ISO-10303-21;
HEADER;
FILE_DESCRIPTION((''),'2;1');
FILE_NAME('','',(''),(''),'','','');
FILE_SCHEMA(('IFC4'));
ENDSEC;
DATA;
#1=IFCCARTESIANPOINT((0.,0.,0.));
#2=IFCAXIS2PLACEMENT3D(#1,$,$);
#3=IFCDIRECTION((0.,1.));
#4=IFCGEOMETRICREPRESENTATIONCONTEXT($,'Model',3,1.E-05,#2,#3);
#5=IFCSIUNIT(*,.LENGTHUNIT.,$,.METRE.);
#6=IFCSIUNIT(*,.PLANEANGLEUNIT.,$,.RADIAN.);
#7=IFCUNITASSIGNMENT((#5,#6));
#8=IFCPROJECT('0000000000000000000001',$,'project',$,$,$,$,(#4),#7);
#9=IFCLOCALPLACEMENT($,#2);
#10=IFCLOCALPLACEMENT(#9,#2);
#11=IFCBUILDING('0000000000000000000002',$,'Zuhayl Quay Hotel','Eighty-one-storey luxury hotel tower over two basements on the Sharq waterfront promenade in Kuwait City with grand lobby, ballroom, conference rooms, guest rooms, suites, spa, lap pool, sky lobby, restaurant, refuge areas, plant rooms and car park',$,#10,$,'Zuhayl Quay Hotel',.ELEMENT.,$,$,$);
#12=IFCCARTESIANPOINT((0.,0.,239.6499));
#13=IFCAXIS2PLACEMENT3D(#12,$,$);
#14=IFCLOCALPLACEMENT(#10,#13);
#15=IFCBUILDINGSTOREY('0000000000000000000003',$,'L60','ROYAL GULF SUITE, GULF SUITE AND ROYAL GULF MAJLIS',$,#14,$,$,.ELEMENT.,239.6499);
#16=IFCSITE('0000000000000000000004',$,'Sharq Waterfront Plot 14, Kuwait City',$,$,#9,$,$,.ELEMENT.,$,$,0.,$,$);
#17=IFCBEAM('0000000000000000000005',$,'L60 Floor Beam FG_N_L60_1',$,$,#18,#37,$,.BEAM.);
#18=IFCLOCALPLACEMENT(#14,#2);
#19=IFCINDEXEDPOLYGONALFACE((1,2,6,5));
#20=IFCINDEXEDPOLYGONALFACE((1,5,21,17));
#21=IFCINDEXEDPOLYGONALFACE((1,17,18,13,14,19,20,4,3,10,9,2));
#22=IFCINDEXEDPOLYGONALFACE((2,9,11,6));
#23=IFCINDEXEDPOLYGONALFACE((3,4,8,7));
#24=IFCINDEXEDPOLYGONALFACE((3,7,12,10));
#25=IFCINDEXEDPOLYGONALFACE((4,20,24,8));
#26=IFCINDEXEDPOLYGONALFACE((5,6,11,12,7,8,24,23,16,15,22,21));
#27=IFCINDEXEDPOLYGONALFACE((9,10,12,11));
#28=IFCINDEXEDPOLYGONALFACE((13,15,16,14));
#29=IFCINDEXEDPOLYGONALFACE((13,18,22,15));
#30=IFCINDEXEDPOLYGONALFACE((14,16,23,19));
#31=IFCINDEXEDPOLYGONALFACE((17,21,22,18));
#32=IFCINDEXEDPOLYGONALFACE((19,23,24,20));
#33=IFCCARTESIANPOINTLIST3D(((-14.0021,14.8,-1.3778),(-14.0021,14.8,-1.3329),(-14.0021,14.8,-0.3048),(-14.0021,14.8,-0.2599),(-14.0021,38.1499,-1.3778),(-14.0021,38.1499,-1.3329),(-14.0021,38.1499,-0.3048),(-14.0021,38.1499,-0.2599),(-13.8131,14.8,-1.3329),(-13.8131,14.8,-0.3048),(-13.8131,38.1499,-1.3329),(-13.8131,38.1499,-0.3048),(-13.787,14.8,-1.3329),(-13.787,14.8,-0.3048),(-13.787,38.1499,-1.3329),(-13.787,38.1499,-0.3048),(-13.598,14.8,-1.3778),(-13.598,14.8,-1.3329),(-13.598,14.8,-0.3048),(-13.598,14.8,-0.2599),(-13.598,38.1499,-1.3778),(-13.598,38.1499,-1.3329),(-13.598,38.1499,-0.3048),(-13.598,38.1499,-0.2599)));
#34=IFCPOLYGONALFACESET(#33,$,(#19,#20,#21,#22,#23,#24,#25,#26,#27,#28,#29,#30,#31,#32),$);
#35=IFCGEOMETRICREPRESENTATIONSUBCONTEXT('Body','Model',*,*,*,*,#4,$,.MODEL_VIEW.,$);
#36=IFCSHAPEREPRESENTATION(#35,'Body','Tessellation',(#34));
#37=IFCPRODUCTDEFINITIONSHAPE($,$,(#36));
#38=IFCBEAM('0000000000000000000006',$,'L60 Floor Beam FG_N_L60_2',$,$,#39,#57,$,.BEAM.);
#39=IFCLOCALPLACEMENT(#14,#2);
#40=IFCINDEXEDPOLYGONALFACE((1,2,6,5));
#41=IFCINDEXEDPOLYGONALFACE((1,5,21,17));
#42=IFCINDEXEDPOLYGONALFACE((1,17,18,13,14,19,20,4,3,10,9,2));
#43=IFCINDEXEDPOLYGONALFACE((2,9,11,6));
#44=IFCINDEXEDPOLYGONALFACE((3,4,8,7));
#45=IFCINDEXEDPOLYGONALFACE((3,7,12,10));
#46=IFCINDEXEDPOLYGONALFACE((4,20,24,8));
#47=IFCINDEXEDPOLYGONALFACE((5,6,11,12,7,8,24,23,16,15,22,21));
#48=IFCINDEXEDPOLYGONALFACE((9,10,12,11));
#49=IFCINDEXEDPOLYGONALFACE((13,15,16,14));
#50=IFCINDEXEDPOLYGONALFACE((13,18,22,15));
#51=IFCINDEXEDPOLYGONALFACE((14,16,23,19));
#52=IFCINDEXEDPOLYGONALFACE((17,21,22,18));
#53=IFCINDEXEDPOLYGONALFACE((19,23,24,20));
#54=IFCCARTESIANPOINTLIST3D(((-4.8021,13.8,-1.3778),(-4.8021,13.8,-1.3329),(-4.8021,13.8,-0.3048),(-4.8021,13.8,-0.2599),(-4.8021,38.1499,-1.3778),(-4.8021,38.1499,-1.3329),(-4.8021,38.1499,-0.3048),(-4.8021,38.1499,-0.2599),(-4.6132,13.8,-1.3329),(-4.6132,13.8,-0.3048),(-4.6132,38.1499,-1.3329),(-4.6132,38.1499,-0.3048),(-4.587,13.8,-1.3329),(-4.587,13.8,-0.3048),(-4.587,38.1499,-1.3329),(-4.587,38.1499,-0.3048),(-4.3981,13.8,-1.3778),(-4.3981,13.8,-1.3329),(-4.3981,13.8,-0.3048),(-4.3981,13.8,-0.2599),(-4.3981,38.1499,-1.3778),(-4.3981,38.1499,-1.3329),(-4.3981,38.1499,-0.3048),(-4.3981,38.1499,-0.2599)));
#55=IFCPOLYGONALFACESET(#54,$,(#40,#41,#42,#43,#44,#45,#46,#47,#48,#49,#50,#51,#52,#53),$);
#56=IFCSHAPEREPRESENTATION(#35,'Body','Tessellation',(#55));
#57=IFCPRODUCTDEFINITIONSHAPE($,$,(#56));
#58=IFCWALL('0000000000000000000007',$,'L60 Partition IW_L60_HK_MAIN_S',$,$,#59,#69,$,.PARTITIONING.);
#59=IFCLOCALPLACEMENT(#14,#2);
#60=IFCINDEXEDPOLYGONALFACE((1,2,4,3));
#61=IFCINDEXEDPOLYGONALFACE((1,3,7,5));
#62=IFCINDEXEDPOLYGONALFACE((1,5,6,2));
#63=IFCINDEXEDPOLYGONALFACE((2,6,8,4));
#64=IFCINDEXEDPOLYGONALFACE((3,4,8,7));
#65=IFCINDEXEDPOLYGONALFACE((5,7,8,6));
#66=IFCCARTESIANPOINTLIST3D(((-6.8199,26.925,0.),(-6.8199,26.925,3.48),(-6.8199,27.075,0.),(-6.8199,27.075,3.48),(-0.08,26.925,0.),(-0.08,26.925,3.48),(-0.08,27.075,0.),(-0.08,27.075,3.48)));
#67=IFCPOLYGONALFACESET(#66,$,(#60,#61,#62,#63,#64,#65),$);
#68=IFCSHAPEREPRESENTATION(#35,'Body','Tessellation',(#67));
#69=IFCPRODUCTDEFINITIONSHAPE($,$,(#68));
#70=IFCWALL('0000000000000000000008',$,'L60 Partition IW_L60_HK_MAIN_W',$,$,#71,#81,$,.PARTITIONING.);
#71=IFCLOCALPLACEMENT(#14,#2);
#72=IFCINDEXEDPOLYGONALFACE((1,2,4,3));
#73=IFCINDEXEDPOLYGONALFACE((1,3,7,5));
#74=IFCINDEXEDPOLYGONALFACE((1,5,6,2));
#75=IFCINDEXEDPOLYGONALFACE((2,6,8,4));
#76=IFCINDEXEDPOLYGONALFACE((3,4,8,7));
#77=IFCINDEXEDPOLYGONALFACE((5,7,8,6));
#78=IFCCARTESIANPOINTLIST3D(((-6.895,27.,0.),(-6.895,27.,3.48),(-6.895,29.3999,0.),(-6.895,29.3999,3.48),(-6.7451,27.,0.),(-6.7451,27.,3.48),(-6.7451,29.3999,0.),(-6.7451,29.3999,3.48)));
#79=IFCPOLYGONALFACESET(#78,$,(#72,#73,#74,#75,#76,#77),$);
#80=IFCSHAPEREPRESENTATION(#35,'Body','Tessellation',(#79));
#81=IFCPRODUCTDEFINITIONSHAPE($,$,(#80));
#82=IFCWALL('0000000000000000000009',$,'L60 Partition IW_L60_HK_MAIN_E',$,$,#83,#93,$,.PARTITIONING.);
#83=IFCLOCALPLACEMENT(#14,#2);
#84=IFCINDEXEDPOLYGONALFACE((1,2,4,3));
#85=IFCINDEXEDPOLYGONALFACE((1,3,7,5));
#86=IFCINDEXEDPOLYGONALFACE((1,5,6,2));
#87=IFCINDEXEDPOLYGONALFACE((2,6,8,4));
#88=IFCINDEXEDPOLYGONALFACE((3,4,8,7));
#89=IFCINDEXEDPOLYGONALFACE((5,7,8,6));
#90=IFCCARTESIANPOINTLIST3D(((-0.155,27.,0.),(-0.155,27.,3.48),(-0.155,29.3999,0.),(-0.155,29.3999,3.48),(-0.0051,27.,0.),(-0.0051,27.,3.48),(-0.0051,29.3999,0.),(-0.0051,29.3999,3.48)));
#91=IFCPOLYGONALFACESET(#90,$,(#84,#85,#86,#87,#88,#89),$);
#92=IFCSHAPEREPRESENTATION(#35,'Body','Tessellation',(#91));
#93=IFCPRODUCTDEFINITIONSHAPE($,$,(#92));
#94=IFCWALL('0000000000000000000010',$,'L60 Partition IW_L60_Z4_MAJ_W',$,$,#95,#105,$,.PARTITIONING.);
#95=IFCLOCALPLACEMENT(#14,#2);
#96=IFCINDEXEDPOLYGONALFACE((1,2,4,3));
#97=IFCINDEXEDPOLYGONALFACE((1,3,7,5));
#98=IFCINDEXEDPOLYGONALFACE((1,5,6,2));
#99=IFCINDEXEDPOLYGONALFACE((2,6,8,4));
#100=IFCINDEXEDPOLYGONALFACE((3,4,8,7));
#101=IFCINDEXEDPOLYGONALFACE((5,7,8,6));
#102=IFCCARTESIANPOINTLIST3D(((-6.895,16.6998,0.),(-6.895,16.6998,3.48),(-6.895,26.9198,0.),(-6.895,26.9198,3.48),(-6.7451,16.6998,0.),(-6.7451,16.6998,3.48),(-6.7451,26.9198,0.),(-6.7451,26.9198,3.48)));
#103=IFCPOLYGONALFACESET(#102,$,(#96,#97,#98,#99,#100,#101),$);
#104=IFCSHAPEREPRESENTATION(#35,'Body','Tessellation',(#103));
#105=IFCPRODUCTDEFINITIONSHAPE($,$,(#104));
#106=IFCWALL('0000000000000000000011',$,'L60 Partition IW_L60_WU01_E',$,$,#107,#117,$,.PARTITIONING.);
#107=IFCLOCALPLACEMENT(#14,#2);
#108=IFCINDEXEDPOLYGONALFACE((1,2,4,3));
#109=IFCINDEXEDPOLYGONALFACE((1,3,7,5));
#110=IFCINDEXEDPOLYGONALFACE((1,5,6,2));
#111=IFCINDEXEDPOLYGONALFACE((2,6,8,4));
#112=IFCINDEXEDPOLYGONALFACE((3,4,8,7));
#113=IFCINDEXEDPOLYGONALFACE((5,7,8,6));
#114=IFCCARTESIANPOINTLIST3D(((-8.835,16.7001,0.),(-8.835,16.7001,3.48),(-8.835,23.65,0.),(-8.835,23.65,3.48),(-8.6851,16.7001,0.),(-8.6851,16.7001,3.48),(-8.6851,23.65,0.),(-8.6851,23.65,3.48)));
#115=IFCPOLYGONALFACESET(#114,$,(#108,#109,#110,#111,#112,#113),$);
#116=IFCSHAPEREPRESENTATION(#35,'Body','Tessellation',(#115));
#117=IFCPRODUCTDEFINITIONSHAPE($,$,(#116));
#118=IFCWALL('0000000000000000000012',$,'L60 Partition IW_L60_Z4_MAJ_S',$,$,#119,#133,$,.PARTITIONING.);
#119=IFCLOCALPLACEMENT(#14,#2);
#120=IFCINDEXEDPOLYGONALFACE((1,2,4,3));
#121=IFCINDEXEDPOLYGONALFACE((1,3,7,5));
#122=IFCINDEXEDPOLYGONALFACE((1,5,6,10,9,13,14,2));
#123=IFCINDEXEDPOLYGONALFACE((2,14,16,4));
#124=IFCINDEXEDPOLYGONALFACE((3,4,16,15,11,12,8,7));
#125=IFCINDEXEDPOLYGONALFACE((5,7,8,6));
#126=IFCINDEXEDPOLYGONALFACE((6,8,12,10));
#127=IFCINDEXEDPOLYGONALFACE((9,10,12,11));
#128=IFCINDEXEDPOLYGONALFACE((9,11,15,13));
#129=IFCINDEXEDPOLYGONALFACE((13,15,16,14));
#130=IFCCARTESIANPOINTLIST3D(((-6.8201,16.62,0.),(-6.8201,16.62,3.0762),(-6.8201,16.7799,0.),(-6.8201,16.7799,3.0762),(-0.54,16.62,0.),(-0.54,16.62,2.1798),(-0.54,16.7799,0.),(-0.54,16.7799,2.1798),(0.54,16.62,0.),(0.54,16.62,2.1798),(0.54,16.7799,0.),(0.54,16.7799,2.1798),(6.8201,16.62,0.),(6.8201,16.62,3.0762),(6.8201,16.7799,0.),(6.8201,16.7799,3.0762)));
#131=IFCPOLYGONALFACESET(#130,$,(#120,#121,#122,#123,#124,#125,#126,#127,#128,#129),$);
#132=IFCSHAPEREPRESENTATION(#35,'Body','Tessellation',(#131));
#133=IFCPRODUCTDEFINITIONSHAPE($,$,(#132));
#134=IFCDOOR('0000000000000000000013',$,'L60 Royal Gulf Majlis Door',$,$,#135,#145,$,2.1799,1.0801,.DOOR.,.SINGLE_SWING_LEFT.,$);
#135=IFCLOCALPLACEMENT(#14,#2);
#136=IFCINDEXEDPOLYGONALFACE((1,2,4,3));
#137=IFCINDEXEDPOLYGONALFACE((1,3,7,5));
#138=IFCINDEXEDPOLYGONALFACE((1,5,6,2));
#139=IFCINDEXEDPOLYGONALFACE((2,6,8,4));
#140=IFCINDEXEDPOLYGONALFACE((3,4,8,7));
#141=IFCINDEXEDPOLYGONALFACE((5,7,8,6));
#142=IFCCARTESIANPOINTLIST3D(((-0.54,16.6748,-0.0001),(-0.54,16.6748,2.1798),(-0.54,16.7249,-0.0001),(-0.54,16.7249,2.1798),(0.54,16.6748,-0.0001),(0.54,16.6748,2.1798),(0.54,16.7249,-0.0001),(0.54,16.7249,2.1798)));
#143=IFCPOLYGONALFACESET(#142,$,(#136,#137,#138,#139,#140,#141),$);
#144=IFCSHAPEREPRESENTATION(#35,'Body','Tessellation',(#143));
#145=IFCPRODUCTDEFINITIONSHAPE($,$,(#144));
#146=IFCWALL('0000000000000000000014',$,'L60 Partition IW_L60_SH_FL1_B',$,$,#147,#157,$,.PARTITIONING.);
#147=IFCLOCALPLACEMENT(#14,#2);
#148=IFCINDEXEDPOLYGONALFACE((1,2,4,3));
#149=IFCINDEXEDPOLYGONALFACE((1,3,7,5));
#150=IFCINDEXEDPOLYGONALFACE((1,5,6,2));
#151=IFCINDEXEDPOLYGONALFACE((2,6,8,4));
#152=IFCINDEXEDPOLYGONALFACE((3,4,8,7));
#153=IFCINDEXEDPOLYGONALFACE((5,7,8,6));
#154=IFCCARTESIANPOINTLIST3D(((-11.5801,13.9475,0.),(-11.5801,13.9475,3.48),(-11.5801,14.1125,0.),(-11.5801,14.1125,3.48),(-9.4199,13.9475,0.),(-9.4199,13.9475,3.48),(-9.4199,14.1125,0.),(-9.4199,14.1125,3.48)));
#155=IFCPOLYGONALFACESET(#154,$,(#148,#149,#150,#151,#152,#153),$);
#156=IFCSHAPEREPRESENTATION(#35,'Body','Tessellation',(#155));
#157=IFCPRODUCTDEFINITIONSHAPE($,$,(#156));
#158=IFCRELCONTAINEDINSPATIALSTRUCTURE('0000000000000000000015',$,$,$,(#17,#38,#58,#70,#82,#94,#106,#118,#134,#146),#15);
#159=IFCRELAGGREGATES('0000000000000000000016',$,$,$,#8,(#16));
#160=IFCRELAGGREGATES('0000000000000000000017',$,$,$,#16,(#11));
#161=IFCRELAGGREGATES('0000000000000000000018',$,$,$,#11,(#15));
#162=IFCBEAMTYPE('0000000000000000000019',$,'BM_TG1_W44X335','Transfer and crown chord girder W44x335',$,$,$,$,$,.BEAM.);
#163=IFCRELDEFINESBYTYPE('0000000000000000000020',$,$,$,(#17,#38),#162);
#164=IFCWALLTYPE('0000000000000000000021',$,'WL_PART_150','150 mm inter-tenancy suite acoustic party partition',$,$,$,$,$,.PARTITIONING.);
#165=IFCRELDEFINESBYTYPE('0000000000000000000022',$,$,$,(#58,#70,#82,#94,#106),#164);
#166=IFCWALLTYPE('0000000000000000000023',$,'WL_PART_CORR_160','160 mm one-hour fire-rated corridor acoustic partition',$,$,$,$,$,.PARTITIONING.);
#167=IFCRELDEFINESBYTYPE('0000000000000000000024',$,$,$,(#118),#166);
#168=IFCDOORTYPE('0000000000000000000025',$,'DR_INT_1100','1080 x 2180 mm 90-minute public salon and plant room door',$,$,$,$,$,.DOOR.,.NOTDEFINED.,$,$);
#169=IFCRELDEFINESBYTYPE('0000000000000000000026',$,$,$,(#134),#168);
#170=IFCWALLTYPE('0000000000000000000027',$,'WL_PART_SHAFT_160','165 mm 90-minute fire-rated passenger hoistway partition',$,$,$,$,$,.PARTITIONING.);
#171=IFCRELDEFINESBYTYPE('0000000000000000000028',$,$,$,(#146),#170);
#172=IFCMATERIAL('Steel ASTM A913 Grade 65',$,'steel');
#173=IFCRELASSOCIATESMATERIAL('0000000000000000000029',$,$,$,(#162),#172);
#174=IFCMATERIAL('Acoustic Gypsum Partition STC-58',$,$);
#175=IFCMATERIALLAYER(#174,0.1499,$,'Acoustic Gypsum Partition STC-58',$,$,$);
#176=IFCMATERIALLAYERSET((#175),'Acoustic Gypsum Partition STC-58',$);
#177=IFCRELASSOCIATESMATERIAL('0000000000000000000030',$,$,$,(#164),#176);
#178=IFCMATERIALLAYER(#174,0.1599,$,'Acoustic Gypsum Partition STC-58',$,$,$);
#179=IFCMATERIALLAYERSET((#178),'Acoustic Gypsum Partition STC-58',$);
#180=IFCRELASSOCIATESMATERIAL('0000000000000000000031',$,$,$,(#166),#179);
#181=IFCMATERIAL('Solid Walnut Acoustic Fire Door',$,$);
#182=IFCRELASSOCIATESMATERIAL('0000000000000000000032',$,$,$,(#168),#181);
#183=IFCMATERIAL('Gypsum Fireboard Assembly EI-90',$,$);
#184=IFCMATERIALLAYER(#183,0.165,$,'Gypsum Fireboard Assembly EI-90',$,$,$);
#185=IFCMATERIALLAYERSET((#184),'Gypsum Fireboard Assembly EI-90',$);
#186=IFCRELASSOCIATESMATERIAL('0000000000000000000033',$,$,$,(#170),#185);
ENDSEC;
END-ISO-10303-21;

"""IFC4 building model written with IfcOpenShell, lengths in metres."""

from ifc_helpers import new_model, si_unit, direction, frame, frame_2d, origin, origin_2d, place, context, subcontext, project, spatial, rectangle, i_section, extrude, material, layer, layer_set, material_profile, profile_set, type_object, element, fill, save


model = new_model("IFC4")

# Units and contexts
model_context = context("Model", 3, precision=1e-05, world=origin(), true_north=direction((0.0, 1.0)))
body_context = subcontext(model_context, "Body", "Model", "MODEL_VIEW")
ifc_project = project(units=[si_unit("LENGTHUNIT", "METRE"), si_unit("PLANEANGLEUNIT", "RADIAN")], contexts=[model_context])

# Site, building, storey
site_placement = place(None, origin())
site = spatial("IfcSite", under=ifc_project, at=site_placement, Name="Sharq Waterfront Plot 14, Kuwait City", CompositionType="ELEMENT", RefElevation=0.0)
building_placement = place(site_placement, origin())
building = spatial("IfcBuilding", under=site, at=building_placement, Name="Zuhayl Quay Hotel", Description="Eighty-one-storey luxury hotel tower over two basements on the Sharq waterfront promenade in Kuwait City with grand lobby, ballroom, conference rooms, guest rooms, suites, spa, lap pool, sky lobby, restaurant, refuge areas, plant rooms and car park", LongName="Zuhayl Quay Hotel", CompositionType="ELEMENT")
storey_placement = place(building_placement, frame((0.0, 0.0, 239.6499)))
storey = spatial("IfcBuildingStorey", under=building, at=storey_placement, Name="L60", Description="ROYAL GULF SUITE, GULF SUITE AND ROYAL GULF MAJLIS", CompositionType="ELEMENT", Elevation=239.6499)

# Beams
ifc_material_1 = material(Name="Steel ASTM A913 Grade 65", Category="steel")
ifc_material_profile_1 = material_profile(ifc_material_1, i_section(OverallWidth=0.4041, OverallDepth=1.1179, WebThickness=0.0261, FlangeThickness=0.0449, at=origin_2d()), Name="W44X335")
ifc_profile_set_1 = profile_set([ifc_material_profile_1], Name="Steel ASTM A913 Grade 65")
beam_type_1 = type_object("IfcBeamType", Name="BM_TG1_W44X335", Description="Transfer and crown chord girder W44x335", PredefinedType="BEAM", material=ifc_profile_set_1)
beam_1_placement = place(storey_placement, frame((-13.8, 14.8, -0.8188), z_axis=(0.0, 1.0, 0.0), x_axis=(-1.0, 0.0, 0.0)))
element("IfcBeam", 1, at=beam_1_placement, inside=storey, type_object=beam_type_1, Name="L60 Floor Beam FG_N_L60_1", PredefinedType="BEAM", context=body_context, shape_type="SweptSolid", body=[
    extrude(i_section(OverallWidth=0.4041, OverallDepth=1.1179, WebThickness=0.0261, FlangeThickness=0.0449, at=origin_2d()), origin(), (0.0, 0.0, 1.0), 23.3499),
])
beam_2_placement = place(storey_placement, frame((-4.6001, 13.8, -0.8188), z_axis=(0.0, 1.0, 0.0), x_axis=(-1.0, 0.0, 0.0)))
element("IfcBeam", 2, at=beam_2_placement, inside=storey, type_object=beam_type_1, Name="L60 Floor Beam FG_N_L60_2", PredefinedType="BEAM", context=body_context, shape_type="SweptSolid", body=[
    extrude(i_section(OverallWidth=0.4041, OverallDepth=1.1179, WebThickness=0.0261, FlangeThickness=0.0449, at=origin_2d()), origin(), (0.0, 0.0, 1.0), 24.3499),
])

# Walls
ifc_material_2 = material(Name="Acoustic Gypsum Partition STC-58")
ifc_layer_1 = layer(ifc_material_2, 0.1499, Name="Acoustic Gypsum Partition STC-58")
ifc_layer_set_1 = layer_set([ifc_layer_1], Name="Acoustic Gypsum Partition STC-58")
wall_type_1 = type_object("IfcWallType", Name="WL_PART_150", Description="150 mm inter-tenancy suite acoustic party partition", PredefinedType="PARTITIONING", material=ifc_layer_set_1)
wall_1_placement = place(storey_placement, frame((-6.8201, 27.0, 0.0), z_axis=(0.0, 0.0, 1.0), x_axis=(1.0, 0.0, 0.0)))
element("IfcWall", 3, at=wall_1_placement, inside=storey, type_object=wall_type_1, Name="L60 Partition IW_L60_HK_MAIN_S", PredefinedType="PARTITIONING", context=body_context, shape_type="SweptSolid", body=[
    extrude(rectangle(XDim=6.74, YDim=0.1499, at=frame_2d((3.3701, 0.0))), origin(), (0.0, 0.0, 1.0), 3.48),
])
for number, where, z_axis, x_axis, name in (
    (4, (-6.8201, 27.0, 0.0), (0.0, 0.0, 1.0), (0.0, 1.0, 0.0), "L60 Partition IW_L60_HK_MAIN_W"),
    (5, (-0.0801, 27.0, 0.0), (0.0, 0.0, 1.0), (0.0, 1.0, 0.0), "L60 Partition IW_L60_HK_MAIN_E"),
):
    element("IfcWall", number, at=place(storey_placement, frame(where, z_axis=z_axis, x_axis=x_axis)), inside=storey, type_object=wall_type_1, Name=name, PredefinedType="PARTITIONING", context=body_context, shape_type="SweptSolid", body=[
        extrude(rectangle(XDim=2.3999, YDim=0.1499, at=frame_2d((1.2, 0.0))), origin(), (0.0, 0.0, 1.0), 3.48),
    ])
wall_2_placement = place(storey_placement, frame((-6.8201, 16.7, 0.0), z_axis=(0.0, 0.0, 1.0), x_axis=(0.0, 1.0, 0.0)))
element("IfcWall", 6, at=wall_2_placement, inside=storey, type_object=wall_type_1, Name="L60 Partition IW_L60_Z4_MAJ_W", PredefinedType="PARTITIONING", context=body_context, shape_type="SweptSolid", body=[
    extrude(rectangle(XDim=10.22, YDim=0.1499, at=frame_2d((5.1099, 0.0))), origin(), (0.0, 0.0, 1.0), 3.48),
])
wall_3_placement = place(storey_placement, frame((-8.76, 16.7, 0.0), z_axis=(0.0, 0.0, 1.0), x_axis=(0.0, 1.0, 0.0)))
element("IfcWall", 7, at=wall_3_placement, inside=storey, type_object=wall_type_1, Name="L60 Partition IW_L60_WU01_E", PredefinedType="PARTITIONING", context=body_context, shape_type="SweptSolid", body=[
    extrude(rectangle(XDim=6.95, YDim=0.1499, at=frame_2d((3.4751, 0.0))), origin(), (0.0, 0.0, 1.0), 3.48),
])

# Wall, opening, door
ifc_layer_2 = layer(ifc_material_2, 0.1599, Name="Acoustic Gypsum Partition STC-58")
ifc_layer_set_2 = layer_set([ifc_layer_2], Name="Acoustic Gypsum Partition STC-58")
wall_type_2 = type_object("IfcWallType", Name="WL_PART_CORR_160", Description="160 mm one-hour fire-rated corridor acoustic partition", PredefinedType="PARTITIONING", material=ifc_layer_set_2)
wall_4_placement = place(storey_placement, frame((-6.8201, 16.7, 0.0), z_axis=(0.0, 0.0, 1.0), x_axis=(1.0, 0.0, 0.0)))
wall_4 = element("IfcWall", 8, at=wall_4_placement, inside=storey, type_object=wall_type_2, Name="L60 Partition IW_L60_Z4_MAJ_S", PredefinedType="PARTITIONING", context=body_context, shape_type="SweptSolid", body=[
    extrude(rectangle(XDim=13.6401, YDim=0.1599, at=frame_2d((6.8201, 0.0))), origin(), (0.0, 0.0, 1.0), 3.0762),
])
opening_placement = place(wall_4_placement, frame((6.28, 0.0, 0.0)))
opening = element("IfcOpeningElement", 9, at=opening_placement, cuts=wall_4, PredefinedType="OPENING", context=body_context, shape_type="SweptSolid", body=[
    extrude(rectangle(XDim=1.0801, YDim=2.1799, at=frame_2d((0.54, 1.0898))), frame((0.0, 0.0898, 0.0), z_axis=(0.0, -1.0, 0.0), x_axis=(1.0, 0.0, 0.0)), (0.0, 0.0, 1.0), 0.1799),
])
ifc_material_3 = material(Name="Solid Walnut Acoustic Fire Door")
door_type = type_object("IfcDoorType", Name="DR_INT_1100", Description="1080 x 2180 mm 90-minute public salon and plant room door", OperationType="NOTDEFINED", PredefinedType="DOOR", material=ifc_material_3)
door_placement = place(opening_placement, origin())
door = element("IfcDoor", 10, at=door_placement, inside=storey, type_object=door_type, Name="L60 Royal Gulf Majlis Door", OperationType="SINGLE_SWING_LEFT", OverallHeight=2.1799, OverallWidth=1.0801, PredefinedType="DOOR", context=body_context, shape_type="SweptSolid", body=[
    extrude(rectangle(XDim=1.0801, YDim=2.1799, at=frame_2d((0.54, 1.0898))), frame((0.0, 0.0249, 0.0), z_axis=(0.0, -1.0, 0.0), x_axis=(1.0, 0.0, 0.0)), (0.0, 0.0, 1.0), 0.05),
])
fill(opening, door)

# Wall
ifc_material_4 = material(Name="Gypsum Fireboard Assembly EI-90")
ifc_layer_3 = layer(ifc_material_4, 0.165, Name="Gypsum Fireboard Assembly EI-90")
ifc_layer_set_3 = layer_set([ifc_layer_3], Name="Gypsum Fireboard Assembly EI-90")
wall_type_3 = type_object("IfcWallType", Name="WL_PART_SHAFT_160", Description="165 mm 90-minute fire-rated passenger hoistway partition", PredefinedType="PARTITIONING", material=ifc_layer_set_3)
wall_5_placement = place(storey_placement, frame((-11.5801, 14.03, 0.0), z_axis=(0.0, 0.0, 1.0), x_axis=(1.0, 0.0, 0.0)))
element("IfcWall", 11, at=wall_5_placement, inside=storey, type_object=wall_type_3, Name="L60 Partition IW_L60_SH_FL1_B", PredefinedType="PARTITIONING", context=body_context, shape_type="SweptSolid", body=[
    extrude(rectangle(XDim=2.1602, YDim=0.165, at=frame_2d((1.0801, 0.0))), origin(), (0.0, 0.0, 1.0), 3.48),
])

save(model, "model.ifc")
